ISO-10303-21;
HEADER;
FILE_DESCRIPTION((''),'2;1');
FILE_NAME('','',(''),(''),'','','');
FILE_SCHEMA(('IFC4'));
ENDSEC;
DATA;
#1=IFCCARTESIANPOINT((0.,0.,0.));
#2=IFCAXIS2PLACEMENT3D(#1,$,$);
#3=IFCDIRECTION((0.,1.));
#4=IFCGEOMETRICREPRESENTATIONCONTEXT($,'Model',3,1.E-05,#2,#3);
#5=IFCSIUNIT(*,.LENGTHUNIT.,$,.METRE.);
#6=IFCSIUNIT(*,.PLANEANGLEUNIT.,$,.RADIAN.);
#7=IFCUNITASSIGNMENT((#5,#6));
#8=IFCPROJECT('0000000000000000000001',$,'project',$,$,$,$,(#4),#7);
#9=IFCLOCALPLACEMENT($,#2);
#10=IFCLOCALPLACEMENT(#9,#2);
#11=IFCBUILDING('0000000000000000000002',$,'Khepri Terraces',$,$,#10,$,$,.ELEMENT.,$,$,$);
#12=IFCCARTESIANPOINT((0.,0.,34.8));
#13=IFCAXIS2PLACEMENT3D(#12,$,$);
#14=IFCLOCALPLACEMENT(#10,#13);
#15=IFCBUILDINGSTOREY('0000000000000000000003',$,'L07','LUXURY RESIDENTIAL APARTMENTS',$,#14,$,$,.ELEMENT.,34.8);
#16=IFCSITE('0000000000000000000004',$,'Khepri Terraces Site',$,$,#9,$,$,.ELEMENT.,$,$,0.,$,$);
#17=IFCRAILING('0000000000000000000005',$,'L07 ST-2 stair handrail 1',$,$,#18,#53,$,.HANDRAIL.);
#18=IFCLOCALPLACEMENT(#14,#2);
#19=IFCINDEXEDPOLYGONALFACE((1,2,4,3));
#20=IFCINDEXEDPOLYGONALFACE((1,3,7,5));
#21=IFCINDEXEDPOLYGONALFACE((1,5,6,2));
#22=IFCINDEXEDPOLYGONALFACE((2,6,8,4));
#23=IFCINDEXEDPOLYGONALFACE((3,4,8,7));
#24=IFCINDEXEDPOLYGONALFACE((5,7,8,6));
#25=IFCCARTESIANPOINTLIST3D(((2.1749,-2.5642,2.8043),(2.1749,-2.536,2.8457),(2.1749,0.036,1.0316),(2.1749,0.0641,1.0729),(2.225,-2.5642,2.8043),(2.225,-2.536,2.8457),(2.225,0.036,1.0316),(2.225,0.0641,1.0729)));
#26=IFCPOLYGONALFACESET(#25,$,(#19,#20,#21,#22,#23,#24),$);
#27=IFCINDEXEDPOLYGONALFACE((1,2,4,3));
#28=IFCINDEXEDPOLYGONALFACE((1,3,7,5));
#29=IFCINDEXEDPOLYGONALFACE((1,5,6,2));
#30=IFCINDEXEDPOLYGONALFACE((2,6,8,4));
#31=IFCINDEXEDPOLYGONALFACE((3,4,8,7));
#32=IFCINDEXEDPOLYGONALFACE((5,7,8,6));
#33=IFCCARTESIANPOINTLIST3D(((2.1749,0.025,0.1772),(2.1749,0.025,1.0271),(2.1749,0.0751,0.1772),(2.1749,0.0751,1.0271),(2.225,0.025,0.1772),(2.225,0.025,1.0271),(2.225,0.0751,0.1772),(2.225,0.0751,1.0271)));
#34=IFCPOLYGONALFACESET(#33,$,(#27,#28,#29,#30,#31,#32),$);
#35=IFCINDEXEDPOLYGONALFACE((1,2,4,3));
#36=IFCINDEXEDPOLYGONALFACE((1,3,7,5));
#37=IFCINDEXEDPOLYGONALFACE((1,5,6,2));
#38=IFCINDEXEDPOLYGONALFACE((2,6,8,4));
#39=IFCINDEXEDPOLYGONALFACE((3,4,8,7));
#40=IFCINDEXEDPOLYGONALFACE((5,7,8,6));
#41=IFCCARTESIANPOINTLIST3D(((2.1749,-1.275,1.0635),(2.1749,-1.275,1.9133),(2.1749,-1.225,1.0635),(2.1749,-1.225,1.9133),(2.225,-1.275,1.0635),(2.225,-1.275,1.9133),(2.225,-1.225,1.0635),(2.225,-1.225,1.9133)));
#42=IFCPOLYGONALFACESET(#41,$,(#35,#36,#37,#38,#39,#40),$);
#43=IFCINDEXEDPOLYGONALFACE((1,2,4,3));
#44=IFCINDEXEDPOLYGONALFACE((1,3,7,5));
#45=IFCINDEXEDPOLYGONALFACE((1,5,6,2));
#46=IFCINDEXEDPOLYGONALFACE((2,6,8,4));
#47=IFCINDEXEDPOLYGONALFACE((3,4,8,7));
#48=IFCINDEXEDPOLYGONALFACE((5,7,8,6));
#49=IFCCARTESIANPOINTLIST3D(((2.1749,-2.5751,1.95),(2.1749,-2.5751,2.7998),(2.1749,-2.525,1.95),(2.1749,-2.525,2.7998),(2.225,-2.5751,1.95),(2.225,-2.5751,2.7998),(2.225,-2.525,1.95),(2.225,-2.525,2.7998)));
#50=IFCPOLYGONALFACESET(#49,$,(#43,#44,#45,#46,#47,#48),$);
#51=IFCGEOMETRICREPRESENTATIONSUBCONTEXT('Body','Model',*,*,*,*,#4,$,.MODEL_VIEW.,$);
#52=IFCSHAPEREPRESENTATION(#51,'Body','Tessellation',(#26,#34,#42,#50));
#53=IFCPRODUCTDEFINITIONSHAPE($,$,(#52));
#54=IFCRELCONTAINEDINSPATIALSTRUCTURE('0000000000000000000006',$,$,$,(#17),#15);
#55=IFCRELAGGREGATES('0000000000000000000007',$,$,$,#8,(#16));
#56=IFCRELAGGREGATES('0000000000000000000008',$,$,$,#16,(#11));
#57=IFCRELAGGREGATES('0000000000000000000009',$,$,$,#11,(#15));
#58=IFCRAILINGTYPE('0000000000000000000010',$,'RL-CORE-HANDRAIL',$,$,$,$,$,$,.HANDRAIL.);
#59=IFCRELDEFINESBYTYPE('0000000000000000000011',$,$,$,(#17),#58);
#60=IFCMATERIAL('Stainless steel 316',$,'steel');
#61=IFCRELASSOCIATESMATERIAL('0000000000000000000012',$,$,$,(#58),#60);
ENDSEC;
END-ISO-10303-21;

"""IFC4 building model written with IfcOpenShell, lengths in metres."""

from ifc_helpers import new_model, si_unit, direction, frame, origin, origin_2d, place, context, subcontext, project, spatial, rectangle, extrude, material, type_object, element, save


model = new_model("IFC4")

# Units and contexts
model_context = context("Model", 3, precision=1e-05, world=origin(), true_north=direction((0.0, 1.0)))
body_context = subcontext(model_context, "Body", "Model", "MODEL_VIEW")
ifc_project = project(units=[si_unit("LENGTHUNIT", "METRE"), si_unit("PLANEANGLEUNIT", "RADIAN")], contexts=[model_context])

# Site, building, storey
site_placement = place(None, origin())
site = spatial("IfcSite", under=ifc_project, at=site_placement, Name="Khepri Terraces Site", CompositionType="ELEMENT", RefElevation=0.0)
building_placement = place(site_placement, origin())
building = spatial("IfcBuilding", under=site, at=building_placement, Name="Khepri Terraces", CompositionType="ELEMENT")
storey_placement = place(building_placement, frame((0.0, 0.0, 34.8)))
storey = spatial("IfcBuildingStorey", under=building, at=storey_placement, Name="L07", Description="LUXURY RESIDENTIAL APARTMENTS", CompositionType="ELEMENT", Elevation=34.8)

# Railing
ifc_material_1 = material(Name="Stainless steel 316", Category="steel")
railing_type_1 = type_object("IfcRailingType", Name="RL-CORE-HANDRAIL", PredefinedType="HANDRAIL", material=ifc_material_1)
railing_1_placement = place(storey_placement, frame((2.2, 0.05, 0.1772)))
element("IfcRailing", 1, at=railing_1_placement, inside=storey, type_object=railing_type_1, Name="L07 ST-2 stair handrail 1", PredefinedType="HANDRAIL", context=body_context, shape_type="SweptSolid", body=[
    extrude(rectangle(XDim=0.05, YDim=0.05, at=origin_2d()), frame((0.0, 0.0, 0.875), z_axis=(0.0, -0.82624, 0.563318), x_axis=(1.0, 0.0, 0.0)), (0.0, 0.0, 1.0), 3.147),
    extrude(rectangle(XDim=0.05, YDim=0.05, at=origin_2d()), origin(), (0.0, 0.0, 1.0), 0.8499),
    extrude(rectangle(XDim=0.05, YDim=0.05, at=origin_2d()), frame((0.0, -1.3, 0.8862)), (0.0, 0.0, 1.0), 0.8499),
    extrude(rectangle(XDim=0.05, YDim=0.05, at=origin_2d()), frame((0.0, -2.6001, 1.7727)), (0.0, 0.0, 1.0), 0.8499),
])

save(model, "model.ifc")
